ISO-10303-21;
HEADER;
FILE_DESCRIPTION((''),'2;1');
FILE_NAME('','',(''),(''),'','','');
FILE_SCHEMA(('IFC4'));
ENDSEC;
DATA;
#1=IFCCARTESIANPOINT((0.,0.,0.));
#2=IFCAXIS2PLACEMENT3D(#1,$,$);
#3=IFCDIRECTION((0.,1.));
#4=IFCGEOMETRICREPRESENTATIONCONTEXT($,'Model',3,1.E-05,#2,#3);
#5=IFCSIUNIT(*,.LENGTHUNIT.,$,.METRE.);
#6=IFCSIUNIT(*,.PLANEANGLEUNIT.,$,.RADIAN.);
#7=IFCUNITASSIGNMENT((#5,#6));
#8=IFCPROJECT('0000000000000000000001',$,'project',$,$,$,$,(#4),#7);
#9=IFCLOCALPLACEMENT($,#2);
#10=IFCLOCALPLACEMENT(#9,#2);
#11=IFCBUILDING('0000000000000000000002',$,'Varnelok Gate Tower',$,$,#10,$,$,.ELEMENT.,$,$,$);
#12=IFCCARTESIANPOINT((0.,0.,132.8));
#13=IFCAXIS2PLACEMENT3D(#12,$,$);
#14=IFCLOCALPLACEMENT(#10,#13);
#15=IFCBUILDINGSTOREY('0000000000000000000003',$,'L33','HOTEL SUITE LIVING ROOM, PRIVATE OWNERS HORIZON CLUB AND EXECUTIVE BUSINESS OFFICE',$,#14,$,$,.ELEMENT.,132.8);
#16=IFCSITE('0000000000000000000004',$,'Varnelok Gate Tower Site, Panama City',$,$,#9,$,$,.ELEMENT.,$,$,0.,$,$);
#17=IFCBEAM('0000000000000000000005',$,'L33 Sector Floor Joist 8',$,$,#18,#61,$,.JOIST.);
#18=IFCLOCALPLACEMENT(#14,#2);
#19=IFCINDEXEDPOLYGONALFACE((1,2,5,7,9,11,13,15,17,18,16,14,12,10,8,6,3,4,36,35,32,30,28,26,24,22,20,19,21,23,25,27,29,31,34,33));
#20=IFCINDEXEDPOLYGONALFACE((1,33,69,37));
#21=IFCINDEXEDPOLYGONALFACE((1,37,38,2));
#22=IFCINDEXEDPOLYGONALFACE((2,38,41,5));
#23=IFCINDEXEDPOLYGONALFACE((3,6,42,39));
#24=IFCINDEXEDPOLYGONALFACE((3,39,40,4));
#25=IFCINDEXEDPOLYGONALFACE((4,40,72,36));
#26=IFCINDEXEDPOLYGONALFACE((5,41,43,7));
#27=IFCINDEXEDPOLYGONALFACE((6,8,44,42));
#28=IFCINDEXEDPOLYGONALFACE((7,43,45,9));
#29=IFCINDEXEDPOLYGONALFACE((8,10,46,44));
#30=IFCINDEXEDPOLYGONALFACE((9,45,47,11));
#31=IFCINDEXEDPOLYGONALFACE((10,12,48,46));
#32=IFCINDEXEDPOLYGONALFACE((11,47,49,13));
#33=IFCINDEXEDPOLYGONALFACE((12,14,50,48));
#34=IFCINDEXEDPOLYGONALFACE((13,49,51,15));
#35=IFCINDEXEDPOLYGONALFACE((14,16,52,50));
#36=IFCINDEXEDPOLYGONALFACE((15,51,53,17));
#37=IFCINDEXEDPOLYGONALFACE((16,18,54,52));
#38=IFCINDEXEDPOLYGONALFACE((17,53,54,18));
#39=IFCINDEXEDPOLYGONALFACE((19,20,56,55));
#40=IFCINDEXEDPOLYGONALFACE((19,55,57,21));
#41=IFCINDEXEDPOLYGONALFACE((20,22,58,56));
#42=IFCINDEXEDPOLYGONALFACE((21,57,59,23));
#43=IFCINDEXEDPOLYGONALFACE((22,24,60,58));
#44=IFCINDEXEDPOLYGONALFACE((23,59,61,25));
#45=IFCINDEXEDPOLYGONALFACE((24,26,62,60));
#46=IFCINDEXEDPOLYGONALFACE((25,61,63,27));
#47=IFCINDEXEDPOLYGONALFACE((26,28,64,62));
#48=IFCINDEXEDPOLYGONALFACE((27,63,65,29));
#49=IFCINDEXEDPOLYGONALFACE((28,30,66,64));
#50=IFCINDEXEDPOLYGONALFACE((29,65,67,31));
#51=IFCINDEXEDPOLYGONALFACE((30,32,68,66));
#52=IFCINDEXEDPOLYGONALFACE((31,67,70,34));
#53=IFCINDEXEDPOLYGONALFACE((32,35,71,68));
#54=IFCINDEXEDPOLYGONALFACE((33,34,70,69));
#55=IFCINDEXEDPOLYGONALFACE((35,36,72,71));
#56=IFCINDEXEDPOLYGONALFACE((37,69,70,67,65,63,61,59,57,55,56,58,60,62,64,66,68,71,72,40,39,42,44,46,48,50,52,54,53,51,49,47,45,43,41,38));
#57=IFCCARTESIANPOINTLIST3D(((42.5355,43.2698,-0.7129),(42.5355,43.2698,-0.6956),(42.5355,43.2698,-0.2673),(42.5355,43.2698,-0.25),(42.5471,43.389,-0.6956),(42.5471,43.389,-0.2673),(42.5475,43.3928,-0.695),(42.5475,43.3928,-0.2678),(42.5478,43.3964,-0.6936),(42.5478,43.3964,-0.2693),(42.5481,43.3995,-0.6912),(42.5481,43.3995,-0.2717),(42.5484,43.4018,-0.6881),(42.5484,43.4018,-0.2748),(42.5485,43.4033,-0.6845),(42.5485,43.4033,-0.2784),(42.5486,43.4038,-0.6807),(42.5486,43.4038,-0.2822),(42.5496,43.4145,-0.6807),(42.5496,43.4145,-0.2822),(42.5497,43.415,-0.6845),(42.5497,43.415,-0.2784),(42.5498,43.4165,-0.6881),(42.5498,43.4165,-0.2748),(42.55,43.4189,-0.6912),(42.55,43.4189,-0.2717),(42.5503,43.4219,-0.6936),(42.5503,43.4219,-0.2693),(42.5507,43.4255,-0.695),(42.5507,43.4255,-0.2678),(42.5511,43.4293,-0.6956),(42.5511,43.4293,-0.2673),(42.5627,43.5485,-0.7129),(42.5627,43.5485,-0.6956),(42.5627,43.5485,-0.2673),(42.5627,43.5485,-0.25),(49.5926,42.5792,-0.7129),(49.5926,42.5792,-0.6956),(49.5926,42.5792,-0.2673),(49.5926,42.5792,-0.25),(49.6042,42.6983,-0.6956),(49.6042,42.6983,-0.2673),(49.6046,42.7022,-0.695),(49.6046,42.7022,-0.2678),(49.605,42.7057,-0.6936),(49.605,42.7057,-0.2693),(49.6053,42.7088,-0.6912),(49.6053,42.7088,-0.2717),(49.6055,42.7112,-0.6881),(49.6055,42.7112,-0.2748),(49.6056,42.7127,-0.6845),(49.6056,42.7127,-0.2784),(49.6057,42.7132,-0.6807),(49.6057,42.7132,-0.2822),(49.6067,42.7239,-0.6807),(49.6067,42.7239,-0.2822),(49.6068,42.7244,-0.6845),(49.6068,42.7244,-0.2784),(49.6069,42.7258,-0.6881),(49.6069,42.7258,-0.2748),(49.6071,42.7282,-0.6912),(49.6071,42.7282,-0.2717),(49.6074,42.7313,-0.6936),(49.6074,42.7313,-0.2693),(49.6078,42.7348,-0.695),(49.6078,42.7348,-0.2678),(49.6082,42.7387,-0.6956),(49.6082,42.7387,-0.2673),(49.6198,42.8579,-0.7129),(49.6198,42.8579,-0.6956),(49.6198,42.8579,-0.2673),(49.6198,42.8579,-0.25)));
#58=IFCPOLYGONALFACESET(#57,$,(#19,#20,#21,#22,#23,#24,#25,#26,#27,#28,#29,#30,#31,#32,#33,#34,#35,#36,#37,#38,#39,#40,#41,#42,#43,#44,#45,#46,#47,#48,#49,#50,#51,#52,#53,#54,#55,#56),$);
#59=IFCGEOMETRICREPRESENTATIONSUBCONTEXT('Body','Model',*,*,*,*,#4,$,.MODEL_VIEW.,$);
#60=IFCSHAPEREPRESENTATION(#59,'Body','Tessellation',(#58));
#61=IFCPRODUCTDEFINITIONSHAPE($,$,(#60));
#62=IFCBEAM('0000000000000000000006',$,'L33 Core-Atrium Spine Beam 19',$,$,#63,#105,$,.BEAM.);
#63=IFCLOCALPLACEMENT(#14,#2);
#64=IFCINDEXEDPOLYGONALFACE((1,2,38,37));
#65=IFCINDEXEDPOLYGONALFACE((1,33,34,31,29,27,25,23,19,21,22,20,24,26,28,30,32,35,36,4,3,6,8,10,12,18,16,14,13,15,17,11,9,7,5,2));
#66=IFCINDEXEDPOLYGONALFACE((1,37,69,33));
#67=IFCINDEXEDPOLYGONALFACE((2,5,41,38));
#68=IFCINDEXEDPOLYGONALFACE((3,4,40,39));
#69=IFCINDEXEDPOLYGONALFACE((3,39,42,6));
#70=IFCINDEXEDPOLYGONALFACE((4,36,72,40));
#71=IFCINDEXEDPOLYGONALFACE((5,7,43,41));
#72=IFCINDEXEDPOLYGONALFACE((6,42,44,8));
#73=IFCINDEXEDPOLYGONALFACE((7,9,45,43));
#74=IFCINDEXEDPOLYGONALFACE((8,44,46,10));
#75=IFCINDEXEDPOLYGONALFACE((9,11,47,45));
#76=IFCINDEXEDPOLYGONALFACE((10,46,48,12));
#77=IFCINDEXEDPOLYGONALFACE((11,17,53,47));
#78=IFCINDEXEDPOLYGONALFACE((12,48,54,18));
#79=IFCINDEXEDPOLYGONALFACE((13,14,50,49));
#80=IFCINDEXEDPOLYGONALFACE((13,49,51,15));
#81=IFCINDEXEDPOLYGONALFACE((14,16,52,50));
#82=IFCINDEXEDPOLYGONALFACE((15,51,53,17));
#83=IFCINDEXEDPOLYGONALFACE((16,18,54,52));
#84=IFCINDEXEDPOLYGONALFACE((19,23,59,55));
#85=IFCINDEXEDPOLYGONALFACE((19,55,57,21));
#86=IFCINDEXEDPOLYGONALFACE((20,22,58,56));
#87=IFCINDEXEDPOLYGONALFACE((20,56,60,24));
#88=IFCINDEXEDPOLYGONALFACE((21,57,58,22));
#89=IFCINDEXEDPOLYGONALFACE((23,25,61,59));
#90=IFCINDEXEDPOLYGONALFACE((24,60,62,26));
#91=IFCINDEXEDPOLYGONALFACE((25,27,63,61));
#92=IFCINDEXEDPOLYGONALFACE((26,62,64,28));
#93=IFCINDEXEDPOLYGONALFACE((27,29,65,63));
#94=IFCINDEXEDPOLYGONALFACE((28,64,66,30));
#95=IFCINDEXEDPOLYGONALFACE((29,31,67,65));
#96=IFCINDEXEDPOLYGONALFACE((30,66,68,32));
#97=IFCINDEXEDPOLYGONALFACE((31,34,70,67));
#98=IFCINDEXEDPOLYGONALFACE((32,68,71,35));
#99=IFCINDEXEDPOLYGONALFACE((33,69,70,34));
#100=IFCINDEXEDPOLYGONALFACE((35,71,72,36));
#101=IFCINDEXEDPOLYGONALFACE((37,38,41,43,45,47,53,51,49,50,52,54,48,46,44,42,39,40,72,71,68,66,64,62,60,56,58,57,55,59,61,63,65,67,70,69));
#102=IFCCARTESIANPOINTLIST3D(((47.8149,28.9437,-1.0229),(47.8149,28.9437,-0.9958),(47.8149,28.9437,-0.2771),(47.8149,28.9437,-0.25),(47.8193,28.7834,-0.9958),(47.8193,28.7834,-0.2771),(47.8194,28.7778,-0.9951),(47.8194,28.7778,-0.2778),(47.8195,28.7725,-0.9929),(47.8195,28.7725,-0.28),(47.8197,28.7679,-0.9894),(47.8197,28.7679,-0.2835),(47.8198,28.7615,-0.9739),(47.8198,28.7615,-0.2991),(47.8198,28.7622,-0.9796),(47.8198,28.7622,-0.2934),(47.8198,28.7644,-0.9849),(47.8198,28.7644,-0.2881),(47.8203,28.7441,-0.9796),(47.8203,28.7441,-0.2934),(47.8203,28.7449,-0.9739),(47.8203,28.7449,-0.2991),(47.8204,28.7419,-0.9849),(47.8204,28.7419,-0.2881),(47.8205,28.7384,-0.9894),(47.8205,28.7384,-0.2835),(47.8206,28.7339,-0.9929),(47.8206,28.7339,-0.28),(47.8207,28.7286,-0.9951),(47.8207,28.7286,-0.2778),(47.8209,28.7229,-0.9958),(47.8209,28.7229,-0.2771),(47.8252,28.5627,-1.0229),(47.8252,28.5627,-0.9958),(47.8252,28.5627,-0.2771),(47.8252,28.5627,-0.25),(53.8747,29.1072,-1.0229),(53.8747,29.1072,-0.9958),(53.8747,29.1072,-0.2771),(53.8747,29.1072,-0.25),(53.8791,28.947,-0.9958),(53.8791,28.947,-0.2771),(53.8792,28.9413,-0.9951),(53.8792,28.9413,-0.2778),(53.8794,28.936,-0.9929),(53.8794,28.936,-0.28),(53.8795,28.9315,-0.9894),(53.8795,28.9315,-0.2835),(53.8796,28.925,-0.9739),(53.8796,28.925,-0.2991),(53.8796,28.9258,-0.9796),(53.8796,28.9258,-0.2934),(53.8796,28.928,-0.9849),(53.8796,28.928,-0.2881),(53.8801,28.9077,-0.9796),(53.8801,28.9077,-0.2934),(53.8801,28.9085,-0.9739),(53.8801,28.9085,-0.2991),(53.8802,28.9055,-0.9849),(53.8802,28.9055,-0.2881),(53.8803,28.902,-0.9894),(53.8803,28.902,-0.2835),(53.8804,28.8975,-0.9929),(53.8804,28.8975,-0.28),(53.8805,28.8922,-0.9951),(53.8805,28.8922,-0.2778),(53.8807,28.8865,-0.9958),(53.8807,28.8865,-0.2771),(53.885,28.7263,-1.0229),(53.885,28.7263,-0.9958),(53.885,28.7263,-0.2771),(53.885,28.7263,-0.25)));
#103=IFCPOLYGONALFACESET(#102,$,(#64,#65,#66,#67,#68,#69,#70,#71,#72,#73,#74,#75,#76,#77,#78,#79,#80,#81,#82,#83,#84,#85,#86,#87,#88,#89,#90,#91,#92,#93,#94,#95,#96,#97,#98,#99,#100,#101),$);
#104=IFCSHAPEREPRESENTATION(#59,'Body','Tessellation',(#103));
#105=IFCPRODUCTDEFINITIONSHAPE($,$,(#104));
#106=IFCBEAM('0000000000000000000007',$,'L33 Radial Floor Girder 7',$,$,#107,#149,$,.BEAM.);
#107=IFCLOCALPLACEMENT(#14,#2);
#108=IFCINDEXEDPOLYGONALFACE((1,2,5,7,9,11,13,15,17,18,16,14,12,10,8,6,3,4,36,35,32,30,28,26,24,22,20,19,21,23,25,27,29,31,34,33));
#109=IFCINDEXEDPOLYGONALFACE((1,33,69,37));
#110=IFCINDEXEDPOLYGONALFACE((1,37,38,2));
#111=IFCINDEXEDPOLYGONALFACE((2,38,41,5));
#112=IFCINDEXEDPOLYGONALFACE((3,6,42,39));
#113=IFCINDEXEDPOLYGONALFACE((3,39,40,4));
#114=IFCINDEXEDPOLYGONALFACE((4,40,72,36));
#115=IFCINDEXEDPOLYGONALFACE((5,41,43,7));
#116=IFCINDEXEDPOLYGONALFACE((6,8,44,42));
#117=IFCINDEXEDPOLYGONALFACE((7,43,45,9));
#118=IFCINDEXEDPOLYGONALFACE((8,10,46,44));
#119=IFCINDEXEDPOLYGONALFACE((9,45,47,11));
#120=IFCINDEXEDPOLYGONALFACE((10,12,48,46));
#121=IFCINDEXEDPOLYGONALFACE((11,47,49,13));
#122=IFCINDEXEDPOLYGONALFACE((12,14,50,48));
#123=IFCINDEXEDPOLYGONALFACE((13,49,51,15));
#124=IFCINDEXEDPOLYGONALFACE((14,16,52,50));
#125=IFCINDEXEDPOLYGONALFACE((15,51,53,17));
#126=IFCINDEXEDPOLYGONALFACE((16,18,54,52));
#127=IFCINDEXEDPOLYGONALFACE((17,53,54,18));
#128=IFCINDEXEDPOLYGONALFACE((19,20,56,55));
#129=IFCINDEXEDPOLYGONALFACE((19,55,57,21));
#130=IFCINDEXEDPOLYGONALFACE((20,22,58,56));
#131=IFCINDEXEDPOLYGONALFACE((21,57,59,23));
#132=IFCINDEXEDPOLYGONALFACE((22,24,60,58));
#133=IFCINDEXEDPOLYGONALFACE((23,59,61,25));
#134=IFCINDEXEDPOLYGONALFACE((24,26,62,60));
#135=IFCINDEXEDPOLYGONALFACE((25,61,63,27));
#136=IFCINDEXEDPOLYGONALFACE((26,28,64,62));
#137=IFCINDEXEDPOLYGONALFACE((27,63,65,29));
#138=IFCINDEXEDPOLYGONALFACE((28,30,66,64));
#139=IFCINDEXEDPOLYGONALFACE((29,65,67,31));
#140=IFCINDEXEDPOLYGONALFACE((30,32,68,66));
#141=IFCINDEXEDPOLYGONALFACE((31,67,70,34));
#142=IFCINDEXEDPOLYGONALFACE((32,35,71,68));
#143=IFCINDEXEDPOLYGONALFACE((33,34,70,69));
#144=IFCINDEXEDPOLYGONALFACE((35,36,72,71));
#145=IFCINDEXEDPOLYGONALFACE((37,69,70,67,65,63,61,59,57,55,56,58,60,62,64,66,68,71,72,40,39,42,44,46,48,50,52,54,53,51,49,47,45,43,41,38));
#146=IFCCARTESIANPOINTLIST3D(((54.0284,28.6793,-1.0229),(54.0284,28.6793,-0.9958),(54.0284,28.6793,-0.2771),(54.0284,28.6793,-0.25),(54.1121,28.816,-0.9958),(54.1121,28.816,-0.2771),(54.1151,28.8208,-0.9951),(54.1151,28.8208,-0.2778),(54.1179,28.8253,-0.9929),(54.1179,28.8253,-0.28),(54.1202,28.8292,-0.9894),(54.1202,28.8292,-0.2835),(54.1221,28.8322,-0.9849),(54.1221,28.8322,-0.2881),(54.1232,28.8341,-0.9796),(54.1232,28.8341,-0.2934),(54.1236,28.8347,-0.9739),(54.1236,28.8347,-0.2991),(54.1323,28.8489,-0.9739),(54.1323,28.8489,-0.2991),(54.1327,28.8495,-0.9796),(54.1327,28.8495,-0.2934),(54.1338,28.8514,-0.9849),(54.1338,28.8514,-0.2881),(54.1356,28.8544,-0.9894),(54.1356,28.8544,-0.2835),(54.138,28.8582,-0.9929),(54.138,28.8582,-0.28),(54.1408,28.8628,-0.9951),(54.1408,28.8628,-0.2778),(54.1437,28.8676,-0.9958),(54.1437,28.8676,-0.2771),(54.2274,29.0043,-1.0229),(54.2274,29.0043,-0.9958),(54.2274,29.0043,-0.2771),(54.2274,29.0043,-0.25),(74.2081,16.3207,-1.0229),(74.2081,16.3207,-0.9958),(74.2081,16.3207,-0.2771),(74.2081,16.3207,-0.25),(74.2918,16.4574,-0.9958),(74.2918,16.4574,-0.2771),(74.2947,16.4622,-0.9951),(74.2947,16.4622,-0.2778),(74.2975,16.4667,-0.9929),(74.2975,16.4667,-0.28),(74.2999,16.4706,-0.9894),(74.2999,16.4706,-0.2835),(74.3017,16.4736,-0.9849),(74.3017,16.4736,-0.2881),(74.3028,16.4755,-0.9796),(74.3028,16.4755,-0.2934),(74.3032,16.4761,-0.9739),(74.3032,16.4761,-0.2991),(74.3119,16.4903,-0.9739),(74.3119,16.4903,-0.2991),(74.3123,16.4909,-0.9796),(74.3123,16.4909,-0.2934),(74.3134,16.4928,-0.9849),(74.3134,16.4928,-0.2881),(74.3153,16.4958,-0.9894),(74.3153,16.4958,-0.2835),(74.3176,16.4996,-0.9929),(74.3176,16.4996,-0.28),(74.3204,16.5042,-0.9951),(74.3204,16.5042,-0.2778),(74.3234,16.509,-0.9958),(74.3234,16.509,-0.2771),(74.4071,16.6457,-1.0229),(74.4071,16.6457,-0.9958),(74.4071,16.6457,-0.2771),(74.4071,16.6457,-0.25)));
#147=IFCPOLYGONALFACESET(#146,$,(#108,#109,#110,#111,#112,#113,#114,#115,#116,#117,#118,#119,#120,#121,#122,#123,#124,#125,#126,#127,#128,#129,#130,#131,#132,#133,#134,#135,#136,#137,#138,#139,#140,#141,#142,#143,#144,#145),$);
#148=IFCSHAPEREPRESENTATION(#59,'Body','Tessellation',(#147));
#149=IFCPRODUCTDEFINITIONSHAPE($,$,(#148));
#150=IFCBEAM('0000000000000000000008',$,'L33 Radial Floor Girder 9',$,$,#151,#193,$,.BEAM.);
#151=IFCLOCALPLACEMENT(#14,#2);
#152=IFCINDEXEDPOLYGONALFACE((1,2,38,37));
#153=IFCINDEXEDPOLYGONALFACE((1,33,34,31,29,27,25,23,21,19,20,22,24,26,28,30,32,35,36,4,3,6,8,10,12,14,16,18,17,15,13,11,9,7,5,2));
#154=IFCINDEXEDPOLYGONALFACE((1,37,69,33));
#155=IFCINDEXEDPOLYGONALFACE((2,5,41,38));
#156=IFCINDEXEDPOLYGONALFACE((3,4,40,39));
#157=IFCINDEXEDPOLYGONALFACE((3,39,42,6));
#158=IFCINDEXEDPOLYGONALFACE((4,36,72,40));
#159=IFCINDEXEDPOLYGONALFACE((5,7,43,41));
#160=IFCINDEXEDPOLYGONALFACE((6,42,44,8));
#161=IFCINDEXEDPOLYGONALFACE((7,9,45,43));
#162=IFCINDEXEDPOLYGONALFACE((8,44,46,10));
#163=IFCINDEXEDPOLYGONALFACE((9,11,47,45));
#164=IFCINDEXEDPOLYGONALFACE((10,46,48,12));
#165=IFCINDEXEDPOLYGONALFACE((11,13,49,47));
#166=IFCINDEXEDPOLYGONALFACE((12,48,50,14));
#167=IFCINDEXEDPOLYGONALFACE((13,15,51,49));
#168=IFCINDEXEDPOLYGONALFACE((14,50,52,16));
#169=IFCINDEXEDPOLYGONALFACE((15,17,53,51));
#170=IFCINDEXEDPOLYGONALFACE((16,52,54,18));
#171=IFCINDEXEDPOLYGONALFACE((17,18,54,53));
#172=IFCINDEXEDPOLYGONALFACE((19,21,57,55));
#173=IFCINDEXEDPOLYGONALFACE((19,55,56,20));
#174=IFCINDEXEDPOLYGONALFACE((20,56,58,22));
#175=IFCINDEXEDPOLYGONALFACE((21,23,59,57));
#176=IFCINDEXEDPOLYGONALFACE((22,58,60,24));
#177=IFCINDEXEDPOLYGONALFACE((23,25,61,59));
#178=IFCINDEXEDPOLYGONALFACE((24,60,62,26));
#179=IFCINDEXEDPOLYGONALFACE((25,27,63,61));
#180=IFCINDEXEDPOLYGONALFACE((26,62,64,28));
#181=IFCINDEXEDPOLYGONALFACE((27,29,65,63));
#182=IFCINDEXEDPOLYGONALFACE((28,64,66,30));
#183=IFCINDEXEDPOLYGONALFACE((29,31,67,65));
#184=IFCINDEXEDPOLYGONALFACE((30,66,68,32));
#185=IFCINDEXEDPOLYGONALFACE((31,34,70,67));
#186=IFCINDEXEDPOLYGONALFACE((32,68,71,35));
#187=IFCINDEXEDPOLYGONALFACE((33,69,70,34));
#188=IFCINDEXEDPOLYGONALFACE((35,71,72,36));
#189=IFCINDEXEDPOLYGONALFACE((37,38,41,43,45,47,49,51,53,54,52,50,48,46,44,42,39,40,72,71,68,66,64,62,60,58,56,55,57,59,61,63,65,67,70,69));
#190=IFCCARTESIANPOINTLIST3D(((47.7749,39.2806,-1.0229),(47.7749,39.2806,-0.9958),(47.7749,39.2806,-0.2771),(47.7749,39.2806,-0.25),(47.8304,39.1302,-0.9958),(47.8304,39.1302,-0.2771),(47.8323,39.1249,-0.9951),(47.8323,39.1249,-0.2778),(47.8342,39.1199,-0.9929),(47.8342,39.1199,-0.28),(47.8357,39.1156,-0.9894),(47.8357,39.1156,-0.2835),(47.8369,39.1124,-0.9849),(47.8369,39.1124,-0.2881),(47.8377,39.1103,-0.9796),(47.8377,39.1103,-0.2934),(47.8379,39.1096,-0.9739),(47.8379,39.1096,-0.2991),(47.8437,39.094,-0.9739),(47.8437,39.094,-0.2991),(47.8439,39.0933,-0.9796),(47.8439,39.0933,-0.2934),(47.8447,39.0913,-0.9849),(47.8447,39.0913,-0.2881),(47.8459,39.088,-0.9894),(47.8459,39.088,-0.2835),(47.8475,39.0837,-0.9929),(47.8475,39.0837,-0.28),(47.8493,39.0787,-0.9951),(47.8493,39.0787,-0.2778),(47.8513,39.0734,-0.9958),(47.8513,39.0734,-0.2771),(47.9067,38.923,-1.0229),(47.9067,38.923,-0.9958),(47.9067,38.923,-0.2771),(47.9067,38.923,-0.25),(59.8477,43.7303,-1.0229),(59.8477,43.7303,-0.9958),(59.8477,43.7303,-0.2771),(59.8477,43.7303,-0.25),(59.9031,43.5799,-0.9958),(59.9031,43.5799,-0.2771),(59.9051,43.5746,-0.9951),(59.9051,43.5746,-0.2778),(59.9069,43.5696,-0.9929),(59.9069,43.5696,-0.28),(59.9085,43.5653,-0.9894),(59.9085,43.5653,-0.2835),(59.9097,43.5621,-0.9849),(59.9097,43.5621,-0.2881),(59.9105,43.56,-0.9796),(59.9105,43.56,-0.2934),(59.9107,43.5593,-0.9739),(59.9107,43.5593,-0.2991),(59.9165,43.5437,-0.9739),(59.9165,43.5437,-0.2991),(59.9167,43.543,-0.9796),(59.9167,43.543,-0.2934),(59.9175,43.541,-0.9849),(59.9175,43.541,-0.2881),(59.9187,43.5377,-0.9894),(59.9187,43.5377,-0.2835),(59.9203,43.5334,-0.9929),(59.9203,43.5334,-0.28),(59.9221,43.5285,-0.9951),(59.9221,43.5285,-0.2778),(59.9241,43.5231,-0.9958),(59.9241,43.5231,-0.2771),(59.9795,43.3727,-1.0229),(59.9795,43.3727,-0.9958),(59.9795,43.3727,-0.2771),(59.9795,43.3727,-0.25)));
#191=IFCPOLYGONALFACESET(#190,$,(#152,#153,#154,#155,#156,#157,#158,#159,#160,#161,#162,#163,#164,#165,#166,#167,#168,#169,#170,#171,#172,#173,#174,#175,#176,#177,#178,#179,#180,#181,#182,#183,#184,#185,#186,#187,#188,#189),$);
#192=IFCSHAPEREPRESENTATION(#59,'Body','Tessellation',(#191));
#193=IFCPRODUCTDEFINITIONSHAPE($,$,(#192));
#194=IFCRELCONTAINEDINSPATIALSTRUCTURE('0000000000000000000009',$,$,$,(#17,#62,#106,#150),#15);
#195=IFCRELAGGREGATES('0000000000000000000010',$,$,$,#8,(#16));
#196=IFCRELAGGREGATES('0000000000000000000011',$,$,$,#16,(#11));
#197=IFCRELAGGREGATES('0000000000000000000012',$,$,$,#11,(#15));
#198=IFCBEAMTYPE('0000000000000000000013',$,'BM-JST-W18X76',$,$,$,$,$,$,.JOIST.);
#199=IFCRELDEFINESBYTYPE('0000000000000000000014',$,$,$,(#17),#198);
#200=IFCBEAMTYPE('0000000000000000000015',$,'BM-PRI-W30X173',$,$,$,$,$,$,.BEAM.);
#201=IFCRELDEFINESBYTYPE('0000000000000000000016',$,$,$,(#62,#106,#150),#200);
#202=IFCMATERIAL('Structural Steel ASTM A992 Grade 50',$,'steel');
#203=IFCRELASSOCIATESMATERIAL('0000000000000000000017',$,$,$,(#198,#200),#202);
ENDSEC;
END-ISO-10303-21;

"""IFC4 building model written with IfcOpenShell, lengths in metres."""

from ifc_helpers import new_model, si_unit, direction, frame, origin, origin_2d, place, context, subcontext, project, spatial, i_section, extrude, material, material_profile, profile_set, type_object, element, save


model = new_model("IFC4")

# Units and contexts
model_context = context("Model", 3, precision=1e-05, world=origin(), true_north=direction((0.0, 1.0)))
body_context = subcontext(model_context, "Body", "Model", "MODEL_VIEW")
ifc_project = project(units=[si_unit("LENGTHUNIT", "METRE"), si_unit("PLANEANGLEUNIT", "RADIAN")], contexts=[model_context])

# Site, building, storey
site_placement = place(None, origin())
site = spatial("IfcSite", under=ifc_project, at=site_placement, Name="Varnelok Gate Tower Site, Panama City", CompositionType="ELEMENT", RefElevation=0.0)
building_placement = place(site_placement, origin())
building = spatial("IfcBuilding", under=site, at=building_placement, Name="Varnelok Gate Tower", CompositionType="ELEMENT")
storey_placement = place(building_placement, frame((0.0, 0.0, 132.8)))
storey = spatial("IfcBuildingStorey", under=building, at=storey_placement, Name="L33", Description="HOTEL SUITE LIVING ROOM, PRIVATE OWNERS HORIZON CLUB AND EXECUTIVE BUSINESS OFFICE", CompositionType="ELEMENT", Elevation=132.8)

# Shared definitions
ifc_material_1 = material(Name="Structural Steel ASTM A992 Grade 50", Category="steel")

# Beams
ifc_material_profile_1 = material_profile(ifc_material_1, i_section(OverallWidth=0.28, OverallDepth=0.4629, WebThickness=0.0107, FlangeThickness=0.0173, FilletRadius=0.0149, at=origin_2d()), Name="W18X76")
ifc_profile_set_1 = profile_set([ifc_material_profile_1], Name="Structural Steel ASTM A992 Grade 50")
beam_type_1 = type_object("IfcBeamType", Name="BM-JST-W18X76", PredefinedType="JOIST", material=ifc_profile_set_1)
beam_1_placement = place(storey_placement, frame((49.6062, 42.7185, -0.4814), z_axis=(-0.995245, 0.097404, 0.0), x_axis=(-0.097404, -0.995245, 0.0)))
element("IfcBeam", 1, at=beam_1_placement, inside=storey, type_object=beam_type_1, Name="L33 Sector Floor Joist 8", PredefinedType="JOIST", context=body_context, shape_type="SweptSolid", body=[
    extrude(i_section(OverallWidth=0.28, OverallDepth=0.4629, WebThickness=0.0107, FlangeThickness=0.0173, FilletRadius=0.0149, at=origin_2d()), origin(), (0.0, 0.0, 1.0), 7.0908),
])
ifc_material_profile_2 = material_profile(ifc_material_1, i_section(OverallWidth=0.3811, OverallDepth=0.7729, WebThickness=0.0166, FlangeThickness=0.0271, FilletRadius=0.022, at=origin_2d()), Name="W30X173")
ifc_profile_set_2 = profile_set([ifc_material_profile_2], Name="Structural Steel ASTM A992 Grade 50")
beam_type_2 = type_object("IfcBeamType", Name="BM-PRI-W30X173", PredefinedType="BEAM", material=ifc_profile_set_2)
beam_2_placement = place(storey_placement, frame((47.8201, 28.7532, -0.6365), z_axis=(0.999636, 0.026983, 0.0), x_axis=(-0.026983, 0.999636, 0.0)))
element("IfcBeam", 2, at=beam_2_placement, inside=storey, type_object=beam_type_2, Name="L33 Core-Atrium Spine Beam 19", PredefinedType="BEAM", context=body_context, shape_type="SweptSolid", body=[
    extrude(i_section(OverallWidth=0.3811, OverallDepth=0.7729, WebThickness=0.0166, FlangeThickness=0.0271, FilletRadius=0.022, at=origin_2d()), origin(), (0.0, 0.0, 1.0), 6.062),
])
beam_3_placement = place(storey_placement, frame((54.1279, 28.8418, -0.6365), z_axis=(0.852781, -0.522269, 0.0), x_axis=(0.522269, 0.852781, 0.0)))
element("IfcBeam", 3, at=beam_3_placement, inside=storey, type_object=beam_type_2, Name="L33 Radial Floor Girder 7", PredefinedType="BEAM", context=body_context, shape_type="SweptSolid", body=[
    extrude(i_section(OverallWidth=0.3811, OverallDepth=0.7729, WebThickness=0.0166, FlangeThickness=0.0271, FilletRadius=0.022, at=origin_2d()), origin(), (0.0, 0.0, 1.0), 23.6633),
])
beam_4_placement = place(storey_placement, frame((47.8408, 39.1018, -0.6365), z_axis=(0.938296, 0.345832, 0.0), x_axis=(-0.345832, 0.938296, 0.0)))
element("IfcBeam", 4, at=beam_4_placement, inside=storey, type_object=beam_type_2, Name="L33 Radial Floor Girder 9", PredefinedType="BEAM", context=body_context, shape_type="SweptSolid", body=[
    extrude(i_section(OverallWidth=0.3811, OverallDepth=0.7729, WebThickness=0.0166, FlangeThickness=0.0271, FilletRadius=0.022, at=origin_2d()), origin(), (0.0, 0.0, 1.0), 12.8667),
])

save(model, "model.ifc")
